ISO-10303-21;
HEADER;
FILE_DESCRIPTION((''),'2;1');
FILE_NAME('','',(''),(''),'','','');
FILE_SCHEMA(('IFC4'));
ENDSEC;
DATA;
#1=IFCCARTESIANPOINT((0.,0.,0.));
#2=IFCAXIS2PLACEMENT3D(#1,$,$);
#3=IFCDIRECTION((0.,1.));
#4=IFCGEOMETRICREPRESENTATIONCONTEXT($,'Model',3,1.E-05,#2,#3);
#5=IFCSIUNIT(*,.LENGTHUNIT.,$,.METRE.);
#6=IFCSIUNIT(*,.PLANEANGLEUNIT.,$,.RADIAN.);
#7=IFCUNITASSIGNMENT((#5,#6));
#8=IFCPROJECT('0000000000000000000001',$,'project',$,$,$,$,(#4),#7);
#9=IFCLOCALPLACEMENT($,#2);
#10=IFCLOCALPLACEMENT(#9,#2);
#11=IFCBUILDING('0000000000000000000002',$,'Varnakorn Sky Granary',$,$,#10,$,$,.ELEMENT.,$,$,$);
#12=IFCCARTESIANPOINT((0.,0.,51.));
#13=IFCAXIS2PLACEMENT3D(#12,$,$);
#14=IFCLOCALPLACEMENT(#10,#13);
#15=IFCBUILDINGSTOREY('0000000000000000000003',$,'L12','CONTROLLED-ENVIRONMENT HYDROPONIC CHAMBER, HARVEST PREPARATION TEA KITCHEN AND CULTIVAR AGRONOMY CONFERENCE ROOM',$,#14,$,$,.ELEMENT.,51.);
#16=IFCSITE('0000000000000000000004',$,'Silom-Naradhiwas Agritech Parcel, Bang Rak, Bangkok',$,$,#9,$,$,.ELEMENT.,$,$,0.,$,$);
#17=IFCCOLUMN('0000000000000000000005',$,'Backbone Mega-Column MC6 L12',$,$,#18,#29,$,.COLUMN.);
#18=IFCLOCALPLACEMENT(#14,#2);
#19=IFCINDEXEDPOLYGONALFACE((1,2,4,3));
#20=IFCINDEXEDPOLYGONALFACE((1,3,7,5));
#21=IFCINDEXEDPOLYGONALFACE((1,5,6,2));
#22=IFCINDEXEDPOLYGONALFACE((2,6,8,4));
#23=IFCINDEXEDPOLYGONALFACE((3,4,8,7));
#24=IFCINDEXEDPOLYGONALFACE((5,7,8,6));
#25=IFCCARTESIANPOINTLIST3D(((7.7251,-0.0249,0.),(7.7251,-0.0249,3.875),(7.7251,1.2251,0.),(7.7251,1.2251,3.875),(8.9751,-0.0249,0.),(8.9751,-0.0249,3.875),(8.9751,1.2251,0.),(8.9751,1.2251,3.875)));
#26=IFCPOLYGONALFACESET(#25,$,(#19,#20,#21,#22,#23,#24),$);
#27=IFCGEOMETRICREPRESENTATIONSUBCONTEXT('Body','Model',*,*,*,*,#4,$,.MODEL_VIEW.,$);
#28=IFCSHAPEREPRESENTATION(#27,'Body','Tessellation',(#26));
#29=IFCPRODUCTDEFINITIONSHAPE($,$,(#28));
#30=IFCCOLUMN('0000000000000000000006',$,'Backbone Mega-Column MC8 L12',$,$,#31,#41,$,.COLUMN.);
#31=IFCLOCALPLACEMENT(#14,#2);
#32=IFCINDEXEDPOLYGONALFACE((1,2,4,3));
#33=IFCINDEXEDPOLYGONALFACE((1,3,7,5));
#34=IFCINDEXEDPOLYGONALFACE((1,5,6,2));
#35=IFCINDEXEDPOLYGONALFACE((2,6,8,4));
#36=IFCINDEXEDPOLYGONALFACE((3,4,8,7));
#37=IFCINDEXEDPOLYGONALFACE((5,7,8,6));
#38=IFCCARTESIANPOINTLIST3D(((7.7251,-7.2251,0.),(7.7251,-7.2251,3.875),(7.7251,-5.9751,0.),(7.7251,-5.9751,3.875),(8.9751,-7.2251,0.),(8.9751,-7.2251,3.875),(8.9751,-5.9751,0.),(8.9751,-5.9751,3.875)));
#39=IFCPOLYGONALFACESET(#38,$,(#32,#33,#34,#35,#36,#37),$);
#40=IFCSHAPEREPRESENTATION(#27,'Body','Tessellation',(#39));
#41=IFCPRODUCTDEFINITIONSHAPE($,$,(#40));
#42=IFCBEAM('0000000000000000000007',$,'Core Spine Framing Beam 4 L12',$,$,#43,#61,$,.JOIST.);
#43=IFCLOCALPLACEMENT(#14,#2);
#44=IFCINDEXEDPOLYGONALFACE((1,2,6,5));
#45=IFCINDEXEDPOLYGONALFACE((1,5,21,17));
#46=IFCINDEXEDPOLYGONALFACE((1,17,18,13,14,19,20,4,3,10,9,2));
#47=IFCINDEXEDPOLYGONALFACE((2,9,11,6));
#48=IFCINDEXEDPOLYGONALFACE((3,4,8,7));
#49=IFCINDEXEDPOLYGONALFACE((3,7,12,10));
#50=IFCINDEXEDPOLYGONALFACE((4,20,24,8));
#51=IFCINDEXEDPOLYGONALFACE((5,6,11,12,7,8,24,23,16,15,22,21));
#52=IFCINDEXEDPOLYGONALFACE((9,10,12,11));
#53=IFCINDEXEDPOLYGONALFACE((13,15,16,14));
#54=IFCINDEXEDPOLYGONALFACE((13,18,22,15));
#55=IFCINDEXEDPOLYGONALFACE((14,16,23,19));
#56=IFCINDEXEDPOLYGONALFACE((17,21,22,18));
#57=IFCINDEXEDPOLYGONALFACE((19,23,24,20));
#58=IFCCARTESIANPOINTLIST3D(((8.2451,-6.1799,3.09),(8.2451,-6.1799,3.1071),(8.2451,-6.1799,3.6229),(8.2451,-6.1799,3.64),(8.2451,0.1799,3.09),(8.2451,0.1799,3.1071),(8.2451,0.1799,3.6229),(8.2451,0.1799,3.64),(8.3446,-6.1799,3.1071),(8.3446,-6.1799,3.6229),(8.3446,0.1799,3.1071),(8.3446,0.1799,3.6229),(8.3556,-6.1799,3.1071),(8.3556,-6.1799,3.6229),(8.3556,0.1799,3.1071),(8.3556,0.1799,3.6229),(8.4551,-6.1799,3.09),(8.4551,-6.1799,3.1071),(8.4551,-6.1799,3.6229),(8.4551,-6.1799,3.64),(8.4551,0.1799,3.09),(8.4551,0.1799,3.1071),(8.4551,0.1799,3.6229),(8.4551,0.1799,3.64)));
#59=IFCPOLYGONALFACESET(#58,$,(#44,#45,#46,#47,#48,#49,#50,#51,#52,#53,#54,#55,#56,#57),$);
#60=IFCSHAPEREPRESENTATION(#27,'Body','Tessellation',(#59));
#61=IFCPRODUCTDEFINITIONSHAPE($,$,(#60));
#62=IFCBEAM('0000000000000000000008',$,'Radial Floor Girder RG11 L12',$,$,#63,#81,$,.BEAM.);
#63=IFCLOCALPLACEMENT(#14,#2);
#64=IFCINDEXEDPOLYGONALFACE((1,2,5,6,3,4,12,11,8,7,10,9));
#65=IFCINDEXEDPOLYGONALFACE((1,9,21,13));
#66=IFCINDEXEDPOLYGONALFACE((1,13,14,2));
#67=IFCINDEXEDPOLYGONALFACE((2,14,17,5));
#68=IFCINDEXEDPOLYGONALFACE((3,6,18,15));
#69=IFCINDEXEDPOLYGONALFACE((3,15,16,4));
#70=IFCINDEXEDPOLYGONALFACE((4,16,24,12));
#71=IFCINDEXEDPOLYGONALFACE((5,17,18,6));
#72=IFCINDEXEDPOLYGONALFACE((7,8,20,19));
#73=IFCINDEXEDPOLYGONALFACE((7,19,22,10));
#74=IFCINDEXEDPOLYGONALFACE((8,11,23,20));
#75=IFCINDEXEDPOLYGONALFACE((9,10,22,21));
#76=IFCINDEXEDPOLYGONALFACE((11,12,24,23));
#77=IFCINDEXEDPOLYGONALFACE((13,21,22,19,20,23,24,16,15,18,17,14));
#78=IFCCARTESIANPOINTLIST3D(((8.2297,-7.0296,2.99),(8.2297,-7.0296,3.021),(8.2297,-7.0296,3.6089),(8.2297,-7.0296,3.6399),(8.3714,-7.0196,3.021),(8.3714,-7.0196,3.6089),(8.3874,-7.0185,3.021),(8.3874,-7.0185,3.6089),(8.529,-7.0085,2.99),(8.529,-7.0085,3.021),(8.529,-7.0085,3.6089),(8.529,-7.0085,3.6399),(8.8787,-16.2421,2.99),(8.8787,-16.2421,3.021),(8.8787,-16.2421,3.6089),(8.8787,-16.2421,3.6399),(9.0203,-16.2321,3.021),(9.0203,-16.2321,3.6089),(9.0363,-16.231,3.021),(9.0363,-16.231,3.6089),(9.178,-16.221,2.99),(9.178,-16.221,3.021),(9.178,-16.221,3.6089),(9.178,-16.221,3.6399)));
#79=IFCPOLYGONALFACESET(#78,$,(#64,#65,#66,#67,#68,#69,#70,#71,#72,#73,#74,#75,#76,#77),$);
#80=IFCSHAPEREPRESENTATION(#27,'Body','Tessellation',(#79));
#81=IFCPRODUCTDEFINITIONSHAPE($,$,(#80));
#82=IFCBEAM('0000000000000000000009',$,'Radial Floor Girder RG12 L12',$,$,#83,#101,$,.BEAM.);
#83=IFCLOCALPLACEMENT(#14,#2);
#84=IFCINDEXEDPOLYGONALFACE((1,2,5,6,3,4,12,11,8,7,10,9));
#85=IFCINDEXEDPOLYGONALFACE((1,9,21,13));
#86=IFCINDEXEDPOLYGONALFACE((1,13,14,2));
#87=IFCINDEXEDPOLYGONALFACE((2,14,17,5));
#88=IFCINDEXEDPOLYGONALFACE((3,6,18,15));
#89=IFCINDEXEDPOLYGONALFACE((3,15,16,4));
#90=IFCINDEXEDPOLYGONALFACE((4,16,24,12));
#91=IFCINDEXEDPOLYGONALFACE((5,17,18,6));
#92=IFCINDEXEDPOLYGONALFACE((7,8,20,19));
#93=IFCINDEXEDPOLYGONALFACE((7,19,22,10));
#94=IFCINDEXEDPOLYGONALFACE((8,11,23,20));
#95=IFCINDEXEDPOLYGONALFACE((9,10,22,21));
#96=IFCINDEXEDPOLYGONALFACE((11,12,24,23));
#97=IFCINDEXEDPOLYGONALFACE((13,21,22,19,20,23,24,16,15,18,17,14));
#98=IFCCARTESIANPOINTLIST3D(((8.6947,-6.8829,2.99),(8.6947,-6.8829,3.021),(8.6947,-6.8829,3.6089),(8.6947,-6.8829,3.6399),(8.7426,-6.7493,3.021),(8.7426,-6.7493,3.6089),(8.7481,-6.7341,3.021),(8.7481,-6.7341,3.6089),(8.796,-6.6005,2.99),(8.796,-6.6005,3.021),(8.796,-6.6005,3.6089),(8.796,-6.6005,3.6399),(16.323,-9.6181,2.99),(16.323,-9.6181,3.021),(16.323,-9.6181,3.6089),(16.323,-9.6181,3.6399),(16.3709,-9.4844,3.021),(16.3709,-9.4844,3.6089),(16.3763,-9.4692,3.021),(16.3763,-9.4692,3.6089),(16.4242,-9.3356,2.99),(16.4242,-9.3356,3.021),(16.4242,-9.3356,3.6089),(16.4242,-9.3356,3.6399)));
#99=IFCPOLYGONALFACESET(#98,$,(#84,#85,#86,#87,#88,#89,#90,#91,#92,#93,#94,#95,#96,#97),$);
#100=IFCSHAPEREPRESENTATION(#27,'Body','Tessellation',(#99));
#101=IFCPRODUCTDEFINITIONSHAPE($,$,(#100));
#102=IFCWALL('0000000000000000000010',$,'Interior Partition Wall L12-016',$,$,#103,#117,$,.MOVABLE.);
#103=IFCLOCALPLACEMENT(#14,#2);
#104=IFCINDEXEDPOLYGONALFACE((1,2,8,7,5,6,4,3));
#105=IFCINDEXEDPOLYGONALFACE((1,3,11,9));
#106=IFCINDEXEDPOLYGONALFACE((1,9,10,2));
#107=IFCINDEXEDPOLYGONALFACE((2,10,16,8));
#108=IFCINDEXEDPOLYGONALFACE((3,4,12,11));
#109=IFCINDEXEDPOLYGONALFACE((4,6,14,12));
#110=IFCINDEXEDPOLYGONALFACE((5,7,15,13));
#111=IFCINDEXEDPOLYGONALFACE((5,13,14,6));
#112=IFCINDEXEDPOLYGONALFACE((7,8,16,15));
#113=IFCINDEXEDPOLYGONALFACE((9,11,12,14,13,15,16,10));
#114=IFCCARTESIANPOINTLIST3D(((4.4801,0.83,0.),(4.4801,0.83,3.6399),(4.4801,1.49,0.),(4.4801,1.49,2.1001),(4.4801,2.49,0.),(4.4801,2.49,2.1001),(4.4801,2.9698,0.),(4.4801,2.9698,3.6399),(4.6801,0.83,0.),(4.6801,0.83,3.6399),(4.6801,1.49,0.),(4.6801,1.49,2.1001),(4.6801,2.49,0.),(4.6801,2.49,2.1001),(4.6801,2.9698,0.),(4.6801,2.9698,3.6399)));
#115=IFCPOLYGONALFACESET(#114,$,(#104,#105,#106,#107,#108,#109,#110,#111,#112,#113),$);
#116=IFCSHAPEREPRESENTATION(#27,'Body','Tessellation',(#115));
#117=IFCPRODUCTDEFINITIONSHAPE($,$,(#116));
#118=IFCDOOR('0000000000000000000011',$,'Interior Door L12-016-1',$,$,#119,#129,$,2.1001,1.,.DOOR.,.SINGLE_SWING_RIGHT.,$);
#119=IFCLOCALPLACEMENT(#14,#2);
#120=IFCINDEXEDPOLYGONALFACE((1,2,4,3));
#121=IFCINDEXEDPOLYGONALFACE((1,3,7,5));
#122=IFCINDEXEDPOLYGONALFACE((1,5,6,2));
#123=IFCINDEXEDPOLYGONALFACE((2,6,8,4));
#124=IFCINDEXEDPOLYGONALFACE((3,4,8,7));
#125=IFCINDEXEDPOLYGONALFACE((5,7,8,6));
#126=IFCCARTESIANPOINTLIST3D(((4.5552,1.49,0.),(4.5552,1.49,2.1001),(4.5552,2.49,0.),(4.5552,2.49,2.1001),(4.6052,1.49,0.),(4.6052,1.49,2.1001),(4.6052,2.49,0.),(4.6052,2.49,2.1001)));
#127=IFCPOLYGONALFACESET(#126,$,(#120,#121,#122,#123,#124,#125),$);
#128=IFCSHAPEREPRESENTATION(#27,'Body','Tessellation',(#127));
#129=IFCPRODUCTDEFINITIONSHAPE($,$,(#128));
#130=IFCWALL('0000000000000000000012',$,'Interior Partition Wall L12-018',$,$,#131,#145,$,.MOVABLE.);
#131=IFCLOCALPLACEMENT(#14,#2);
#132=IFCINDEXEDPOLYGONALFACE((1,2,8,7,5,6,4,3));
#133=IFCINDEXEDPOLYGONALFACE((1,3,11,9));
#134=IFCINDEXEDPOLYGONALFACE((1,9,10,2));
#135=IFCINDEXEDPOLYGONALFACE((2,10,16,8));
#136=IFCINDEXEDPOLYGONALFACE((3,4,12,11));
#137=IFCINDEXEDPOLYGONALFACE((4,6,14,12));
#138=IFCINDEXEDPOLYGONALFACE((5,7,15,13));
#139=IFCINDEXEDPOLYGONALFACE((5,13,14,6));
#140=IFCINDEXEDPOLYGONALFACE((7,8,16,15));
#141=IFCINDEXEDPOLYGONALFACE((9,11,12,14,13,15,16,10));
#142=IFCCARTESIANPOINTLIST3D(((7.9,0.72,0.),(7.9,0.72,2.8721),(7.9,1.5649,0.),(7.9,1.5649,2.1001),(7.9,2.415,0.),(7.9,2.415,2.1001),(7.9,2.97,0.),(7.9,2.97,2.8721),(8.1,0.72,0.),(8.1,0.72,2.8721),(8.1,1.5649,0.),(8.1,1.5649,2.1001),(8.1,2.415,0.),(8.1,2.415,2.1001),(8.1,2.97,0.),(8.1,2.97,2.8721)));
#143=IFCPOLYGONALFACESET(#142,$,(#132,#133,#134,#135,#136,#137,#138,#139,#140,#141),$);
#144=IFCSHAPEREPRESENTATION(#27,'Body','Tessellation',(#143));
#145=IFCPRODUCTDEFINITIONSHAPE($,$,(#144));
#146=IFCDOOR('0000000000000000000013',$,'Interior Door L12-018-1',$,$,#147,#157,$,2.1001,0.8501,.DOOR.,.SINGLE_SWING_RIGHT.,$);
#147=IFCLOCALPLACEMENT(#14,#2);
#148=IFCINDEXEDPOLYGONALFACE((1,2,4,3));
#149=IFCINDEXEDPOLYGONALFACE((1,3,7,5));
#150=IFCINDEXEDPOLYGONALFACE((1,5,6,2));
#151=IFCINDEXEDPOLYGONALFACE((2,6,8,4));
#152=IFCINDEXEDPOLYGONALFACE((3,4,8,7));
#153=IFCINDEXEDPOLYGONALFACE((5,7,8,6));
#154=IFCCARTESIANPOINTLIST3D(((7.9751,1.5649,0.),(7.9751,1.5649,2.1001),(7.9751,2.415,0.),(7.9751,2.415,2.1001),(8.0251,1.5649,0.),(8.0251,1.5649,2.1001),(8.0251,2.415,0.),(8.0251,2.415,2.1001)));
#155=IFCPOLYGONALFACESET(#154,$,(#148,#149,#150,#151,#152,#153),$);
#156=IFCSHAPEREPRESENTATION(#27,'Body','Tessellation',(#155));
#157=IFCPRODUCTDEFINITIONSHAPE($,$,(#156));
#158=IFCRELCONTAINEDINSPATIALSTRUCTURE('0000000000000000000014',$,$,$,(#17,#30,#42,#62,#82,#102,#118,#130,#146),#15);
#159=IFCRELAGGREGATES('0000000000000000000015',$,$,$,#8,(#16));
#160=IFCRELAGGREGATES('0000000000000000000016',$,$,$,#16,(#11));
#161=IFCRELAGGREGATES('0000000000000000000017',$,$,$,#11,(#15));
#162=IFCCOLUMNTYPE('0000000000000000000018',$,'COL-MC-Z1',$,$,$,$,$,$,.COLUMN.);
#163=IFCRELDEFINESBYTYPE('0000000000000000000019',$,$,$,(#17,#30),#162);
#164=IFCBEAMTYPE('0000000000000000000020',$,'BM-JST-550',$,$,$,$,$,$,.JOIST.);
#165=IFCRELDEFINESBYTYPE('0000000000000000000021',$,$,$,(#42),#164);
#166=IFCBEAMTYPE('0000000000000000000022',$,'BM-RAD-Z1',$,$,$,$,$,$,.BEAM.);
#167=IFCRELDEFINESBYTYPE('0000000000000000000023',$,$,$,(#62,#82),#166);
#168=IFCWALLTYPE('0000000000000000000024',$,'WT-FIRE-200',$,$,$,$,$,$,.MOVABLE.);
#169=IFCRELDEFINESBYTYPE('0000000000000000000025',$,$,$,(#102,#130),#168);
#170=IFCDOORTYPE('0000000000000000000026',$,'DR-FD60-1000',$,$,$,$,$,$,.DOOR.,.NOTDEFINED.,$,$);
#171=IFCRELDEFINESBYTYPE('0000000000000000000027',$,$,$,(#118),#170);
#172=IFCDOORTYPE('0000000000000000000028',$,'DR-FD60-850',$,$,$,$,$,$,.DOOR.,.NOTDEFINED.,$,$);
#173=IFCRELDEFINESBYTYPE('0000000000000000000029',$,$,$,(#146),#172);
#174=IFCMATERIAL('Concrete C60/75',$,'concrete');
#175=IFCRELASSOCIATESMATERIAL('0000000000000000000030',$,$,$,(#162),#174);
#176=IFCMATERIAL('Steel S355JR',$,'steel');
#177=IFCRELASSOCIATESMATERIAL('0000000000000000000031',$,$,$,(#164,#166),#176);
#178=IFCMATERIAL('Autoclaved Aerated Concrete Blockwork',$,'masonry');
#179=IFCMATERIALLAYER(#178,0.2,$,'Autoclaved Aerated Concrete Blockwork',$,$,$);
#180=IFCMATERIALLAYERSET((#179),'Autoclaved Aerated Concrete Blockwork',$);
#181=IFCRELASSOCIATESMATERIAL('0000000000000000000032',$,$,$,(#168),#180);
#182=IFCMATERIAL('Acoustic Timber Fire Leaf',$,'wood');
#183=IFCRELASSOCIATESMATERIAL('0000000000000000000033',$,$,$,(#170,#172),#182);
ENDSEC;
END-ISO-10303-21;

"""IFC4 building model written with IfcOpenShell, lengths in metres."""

from ifc_helpers import new_model, si_unit, direction, frame, frame_2d, origin, origin_2d, place, context, subcontext, project, spatial, rectangle, i_section, extrude, material, layer, layer_set, material_profile, profile_set, type_object, element, fill, save


model = new_model("IFC4")

# Units and contexts
model_context = context("Model", 3, precision=1e-05, world=origin(), true_north=direction((0.0, 1.0)))
body_context = subcontext(model_context, "Body", "Model", "MODEL_VIEW")
ifc_project = project(units=[si_unit("LENGTHUNIT", "METRE"), si_unit("PLANEANGLEUNIT", "RADIAN")], contexts=[model_context])

# Site, building, storey
site_placement = place(None, origin())
site = spatial("IfcSite", under=ifc_project, at=site_placement, Name="Silom-Naradhiwas Agritech Parcel, Bang Rak, Bangkok", CompositionType="ELEMENT", RefElevation=0.0)
building_placement = place(site_placement, origin())
building = spatial("IfcBuilding", under=site, at=building_placement, Name="Varnakorn Sky Granary", CompositionType="ELEMENT")
storey_placement = place(building_placement, frame((0.0, 0.0, 51.0)))
storey = spatial("IfcBuildingStorey", under=building, at=storey_placement, Name="L12", Description="CONTROLLED-ENVIRONMENT HYDROPONIC CHAMBER, HARVEST PREPARATION TEA KITCHEN AND CULTIVAR AGRONOMY CONFERENCE ROOM", CompositionType="ELEMENT", Elevation=51.0)

# Columns
ifc_material_1 = material(Name="Concrete C60/75", Category="concrete")
ifc_material_profile_1 = material_profile(ifc_material_1, rectangle(XDim=1.25, YDim=1.25, at=origin_2d()), Name="RC 1250x1250")
ifc_profile_set_1 = profile_set([ifc_material_profile_1], Name="Concrete C60/75")
column_type = type_object("IfcColumnType", Name="COL-MC-Z1", PredefinedType="COLUMN", material=ifc_profile_set_1)
for number, where, z_axis, x_axis, name in (
    (1, (8.3501, 0.6001, 0.0), (0.0, 0.0, 1.0), (1.0, 0.0, 0.0), "Backbone Mega-Column MC6 L12"),
    (2, (8.3501, -6.6001, 0.0), (0.0, 0.0, 1.0), (1.0, 0.0, 0.0), "Backbone Mega-Column MC8 L12"),
):
    element("IfcColumn", number, at=place(storey_placement, frame(where, z_axis=z_axis, x_axis=x_axis)), inside=storey, type_object=column_type, Name=name, PredefinedType="COLUMN", context=body_context, shape_type="SweptSolid", body=[
        extrude(rectangle(XDim=1.25, YDim=1.25, at=origin_2d()), origin(), (0.0, 0.0, 1.0), 3.875),
    ])

# Beams
ifc_material_2 = material(Name="Steel S355JR", Category="steel")
ifc_material_profile_2 = material_profile(ifc_material_2, i_section(OverallWidth=0.21, OverallDepth=0.55, WebThickness=0.011, FlangeThickness=0.0171, at=origin_2d()), Name="IPE 550")
ifc_profile_set_2 = profile_set([ifc_material_profile_2], Name="Steel S355JR")
beam_type_1 = type_object("IfcBeamType", Name="BM-JST-550", PredefinedType="JOIST", material=ifc_profile_set_2)
beam_1_placement = place(storey_placement, frame((8.3501, 0.1799, 3.365), z_axis=(0.0, -1.0, 0.0), x_axis=(1.0, 0.0, 0.0)))
element("IfcBeam", 3, at=beam_1_placement, inside=storey, type_object=beam_type_1, Name="Core Spine Framing Beam 4 L12", PredefinedType="JOIST", context=body_context, shape_type="SweptSolid", body=[
    extrude(i_section(OverallWidth=0.21, OverallDepth=0.55, WebThickness=0.011, FlangeThickness=0.0171, at=origin_2d()), origin(), (0.0, 0.0, 1.0), 6.3599),
])
ifc_material_profile_3 = material_profile(ifc_material_2, i_section(OverallWidth=0.3, OverallDepth=0.6499, WebThickness=0.0161, FlangeThickness=0.031, at=origin_2d()), Name="HE 650 B")
ifc_profile_set_3 = profile_set([ifc_material_profile_3], Name="Steel S355JR")
beam_type_2 = type_object("IfcBeamType", Name="BM-RAD-Z1", PredefinedType="BEAM", material=ifc_profile_set_3)
beam_2_placement = place(storey_placement, frame((8.3794, -7.019, 3.3149), z_axis=(0.070264, -0.997528, 0.0), x_axis=(0.997528, 0.070264, 0.0)))
element("IfcBeam", 4, at=beam_2_placement, inside=storey, type_object=beam_type_2, Name="Radial Floor Girder RG11 L12", PredefinedType="BEAM", context=body_context, shape_type="SweptSolid", body=[
    extrude(i_section(OverallWidth=0.3, OverallDepth=0.6499, WebThickness=0.0161, FlangeThickness=0.031, at=origin_2d()), origin(), (0.0, 0.0, 1.0), 9.2354),
])
beam_3_placement = place(storey_placement, frame((8.7454, -6.7417, 3.3149), z_axis=(0.941321, -0.337514, 0.0), x_axis=(0.337514, 0.941321, 0.0)))
element("IfcBeam", 5, at=beam_3_placement, inside=storey, type_object=beam_type_2, Name="Radial Floor Girder RG12 L12", PredefinedType="BEAM", context=body_context, shape_type="SweptSolid", body=[
    extrude(i_section(OverallWidth=0.3, OverallDepth=0.6499, WebThickness=0.0161, FlangeThickness=0.031, at=origin_2d()), origin(), (0.0, 0.0, 1.0), 8.1038),
])

# Walls, openings, doors
ifc_material_3 = material(Name="Autoclaved Aerated Concrete Blockwork", Category="masonry")
ifc_layer_1 = layer(ifc_material_3, 0.2, Name="Autoclaved Aerated Concrete Blockwork")
ifc_layer_set_1 = layer_set([ifc_layer_1], Name="Autoclaved Aerated Concrete Blockwork")
wall_type_1 = type_object("IfcWallType", Name="WT-FIRE-200", PredefinedType="MOVABLE", material=ifc_layer_set_1)
wall_1_placement = place(storey_placement, frame((4.5801, 0.8301, 0.0), z_axis=(0.0, 0.0, 1.0), x_axis=(0.0, 1.0, 0.0)))
wall_1 = element("IfcWall", 6, at=wall_1_placement, inside=storey, type_object=wall_type_1, Name="Interior Partition Wall L12-016", PredefinedType="MOVABLE", context=body_context, shape_type="SweptSolid", body=[
    extrude(rectangle(XDim=2.1399, YDim=0.2, at=frame_2d((1.0698, 0.0))), origin(), (0.0, 0.0, 1.0), 3.6399),
])
opening_1_placement = place(wall_1_placement, frame((0.6599, 0.0, 0.0)))
opening_1 = element("IfcOpeningElement", 7, at=opening_1_placement, cuts=wall_1, PredefinedType="OPENING", context=body_context, shape_type="SweptSolid", body=[
    extrude(rectangle(XDim=1.0, YDim=2.1001, at=frame_2d((0.5, 1.05))), frame((0.0, 0.1099, 0.0), z_axis=(0.0, -1.0, 0.0), x_axis=(1.0, 0.0, 0.0)), (0.0, 0.0, 1.0), 0.22),
])
ifc_material_4 = material(Name="Acoustic Timber Fire Leaf", Category="wood")
door_type_1 = type_object("IfcDoorType", Name="DR-FD60-1000", OperationType="NOTDEFINED", PredefinedType="DOOR", material=ifc_material_4)
door_1_placement = place(opening_1_placement, origin())
door_1 = element("IfcDoor", 8, at=door_1_placement, inside=storey, type_object=door_type_1, Name="Interior Door L12-016-1", OperationType="SINGLE_SWING_RIGHT", OverallHeight=2.1001, OverallWidth=1.0, PredefinedType="DOOR", context=body_context, shape_type="SweptSolid", body=[
    extrude(rectangle(XDim=1.0, YDim=2.1001, at=frame_2d((0.5, 1.05))), frame((0.0, 0.0249, 0.0), z_axis=(0.0, -1.0, 0.0), x_axis=(1.0, 0.0, 0.0)), (0.0, 0.0, 1.0), 0.05),
])
fill(opening_1, door_1)
wall_2_placement = place(storey_placement, frame((8.0, 0.72, 0.0), z_axis=(0.0, 0.0, 1.0), x_axis=(0.0, 1.0, 0.0)))
wall_2 = element("IfcWall", 9, at=wall_2_placement, inside=storey, type_object=wall_type_1, Name="Interior Partition Wall L12-018", PredefinedType="MOVABLE", context=body_context, shape_type="SweptSolid", body=[
    extrude(rectangle(XDim=2.25, YDim=0.2, at=frame_2d((1.125, 0.0))), origin(), (0.0, 0.0, 1.0), 2.8721),
])
opening_2_placement = place(wall_2_placement, frame((0.845, 0.0, 0.0)))
opening_2 = element("IfcOpeningElement", 10, at=opening_2_placement, cuts=wall_2, PredefinedType="OPENING", context=body_context, shape_type="SweptSolid", body=[
    extrude(rectangle(XDim=0.8501, YDim=2.1001, at=frame_2d((0.425, 1.05))), frame((0.0, 0.1099, 0.0), z_axis=(0.0, -1.0, 0.0), x_axis=(1.0, 0.0, 0.0)), (0.0, 0.0, 1.0), 0.22),
])
door_type_2 = type_object("IfcDoorType", Name="DR-FD60-850", OperationType="NOTDEFINED", PredefinedType="DOOR", material=ifc_material_4)
door_2_placement = place(opening_2_placement, origin())
door_2 = element("IfcDoor", 11, at=door_2_placement, inside=storey, type_object=door_type_2, Name="Interior Door L12-018-1", OperationType="SINGLE_SWING_RIGHT", OverallHeight=2.1001, OverallWidth=0.8501, PredefinedType="DOOR", context=body_context, shape_type="SweptSolid", body=[
    extrude(rectangle(XDim=0.8501, YDim=2.1001, at=frame_2d((0.425, 1.05))), frame((0.0, 0.0249, 0.0), z_axis=(0.0, -1.0, 0.0), x_axis=(1.0, 0.0, 0.0)), (0.0, 0.0, 1.0), 0.05),
])
fill(opening_2, door_2)

save(model, "model.ifc")
